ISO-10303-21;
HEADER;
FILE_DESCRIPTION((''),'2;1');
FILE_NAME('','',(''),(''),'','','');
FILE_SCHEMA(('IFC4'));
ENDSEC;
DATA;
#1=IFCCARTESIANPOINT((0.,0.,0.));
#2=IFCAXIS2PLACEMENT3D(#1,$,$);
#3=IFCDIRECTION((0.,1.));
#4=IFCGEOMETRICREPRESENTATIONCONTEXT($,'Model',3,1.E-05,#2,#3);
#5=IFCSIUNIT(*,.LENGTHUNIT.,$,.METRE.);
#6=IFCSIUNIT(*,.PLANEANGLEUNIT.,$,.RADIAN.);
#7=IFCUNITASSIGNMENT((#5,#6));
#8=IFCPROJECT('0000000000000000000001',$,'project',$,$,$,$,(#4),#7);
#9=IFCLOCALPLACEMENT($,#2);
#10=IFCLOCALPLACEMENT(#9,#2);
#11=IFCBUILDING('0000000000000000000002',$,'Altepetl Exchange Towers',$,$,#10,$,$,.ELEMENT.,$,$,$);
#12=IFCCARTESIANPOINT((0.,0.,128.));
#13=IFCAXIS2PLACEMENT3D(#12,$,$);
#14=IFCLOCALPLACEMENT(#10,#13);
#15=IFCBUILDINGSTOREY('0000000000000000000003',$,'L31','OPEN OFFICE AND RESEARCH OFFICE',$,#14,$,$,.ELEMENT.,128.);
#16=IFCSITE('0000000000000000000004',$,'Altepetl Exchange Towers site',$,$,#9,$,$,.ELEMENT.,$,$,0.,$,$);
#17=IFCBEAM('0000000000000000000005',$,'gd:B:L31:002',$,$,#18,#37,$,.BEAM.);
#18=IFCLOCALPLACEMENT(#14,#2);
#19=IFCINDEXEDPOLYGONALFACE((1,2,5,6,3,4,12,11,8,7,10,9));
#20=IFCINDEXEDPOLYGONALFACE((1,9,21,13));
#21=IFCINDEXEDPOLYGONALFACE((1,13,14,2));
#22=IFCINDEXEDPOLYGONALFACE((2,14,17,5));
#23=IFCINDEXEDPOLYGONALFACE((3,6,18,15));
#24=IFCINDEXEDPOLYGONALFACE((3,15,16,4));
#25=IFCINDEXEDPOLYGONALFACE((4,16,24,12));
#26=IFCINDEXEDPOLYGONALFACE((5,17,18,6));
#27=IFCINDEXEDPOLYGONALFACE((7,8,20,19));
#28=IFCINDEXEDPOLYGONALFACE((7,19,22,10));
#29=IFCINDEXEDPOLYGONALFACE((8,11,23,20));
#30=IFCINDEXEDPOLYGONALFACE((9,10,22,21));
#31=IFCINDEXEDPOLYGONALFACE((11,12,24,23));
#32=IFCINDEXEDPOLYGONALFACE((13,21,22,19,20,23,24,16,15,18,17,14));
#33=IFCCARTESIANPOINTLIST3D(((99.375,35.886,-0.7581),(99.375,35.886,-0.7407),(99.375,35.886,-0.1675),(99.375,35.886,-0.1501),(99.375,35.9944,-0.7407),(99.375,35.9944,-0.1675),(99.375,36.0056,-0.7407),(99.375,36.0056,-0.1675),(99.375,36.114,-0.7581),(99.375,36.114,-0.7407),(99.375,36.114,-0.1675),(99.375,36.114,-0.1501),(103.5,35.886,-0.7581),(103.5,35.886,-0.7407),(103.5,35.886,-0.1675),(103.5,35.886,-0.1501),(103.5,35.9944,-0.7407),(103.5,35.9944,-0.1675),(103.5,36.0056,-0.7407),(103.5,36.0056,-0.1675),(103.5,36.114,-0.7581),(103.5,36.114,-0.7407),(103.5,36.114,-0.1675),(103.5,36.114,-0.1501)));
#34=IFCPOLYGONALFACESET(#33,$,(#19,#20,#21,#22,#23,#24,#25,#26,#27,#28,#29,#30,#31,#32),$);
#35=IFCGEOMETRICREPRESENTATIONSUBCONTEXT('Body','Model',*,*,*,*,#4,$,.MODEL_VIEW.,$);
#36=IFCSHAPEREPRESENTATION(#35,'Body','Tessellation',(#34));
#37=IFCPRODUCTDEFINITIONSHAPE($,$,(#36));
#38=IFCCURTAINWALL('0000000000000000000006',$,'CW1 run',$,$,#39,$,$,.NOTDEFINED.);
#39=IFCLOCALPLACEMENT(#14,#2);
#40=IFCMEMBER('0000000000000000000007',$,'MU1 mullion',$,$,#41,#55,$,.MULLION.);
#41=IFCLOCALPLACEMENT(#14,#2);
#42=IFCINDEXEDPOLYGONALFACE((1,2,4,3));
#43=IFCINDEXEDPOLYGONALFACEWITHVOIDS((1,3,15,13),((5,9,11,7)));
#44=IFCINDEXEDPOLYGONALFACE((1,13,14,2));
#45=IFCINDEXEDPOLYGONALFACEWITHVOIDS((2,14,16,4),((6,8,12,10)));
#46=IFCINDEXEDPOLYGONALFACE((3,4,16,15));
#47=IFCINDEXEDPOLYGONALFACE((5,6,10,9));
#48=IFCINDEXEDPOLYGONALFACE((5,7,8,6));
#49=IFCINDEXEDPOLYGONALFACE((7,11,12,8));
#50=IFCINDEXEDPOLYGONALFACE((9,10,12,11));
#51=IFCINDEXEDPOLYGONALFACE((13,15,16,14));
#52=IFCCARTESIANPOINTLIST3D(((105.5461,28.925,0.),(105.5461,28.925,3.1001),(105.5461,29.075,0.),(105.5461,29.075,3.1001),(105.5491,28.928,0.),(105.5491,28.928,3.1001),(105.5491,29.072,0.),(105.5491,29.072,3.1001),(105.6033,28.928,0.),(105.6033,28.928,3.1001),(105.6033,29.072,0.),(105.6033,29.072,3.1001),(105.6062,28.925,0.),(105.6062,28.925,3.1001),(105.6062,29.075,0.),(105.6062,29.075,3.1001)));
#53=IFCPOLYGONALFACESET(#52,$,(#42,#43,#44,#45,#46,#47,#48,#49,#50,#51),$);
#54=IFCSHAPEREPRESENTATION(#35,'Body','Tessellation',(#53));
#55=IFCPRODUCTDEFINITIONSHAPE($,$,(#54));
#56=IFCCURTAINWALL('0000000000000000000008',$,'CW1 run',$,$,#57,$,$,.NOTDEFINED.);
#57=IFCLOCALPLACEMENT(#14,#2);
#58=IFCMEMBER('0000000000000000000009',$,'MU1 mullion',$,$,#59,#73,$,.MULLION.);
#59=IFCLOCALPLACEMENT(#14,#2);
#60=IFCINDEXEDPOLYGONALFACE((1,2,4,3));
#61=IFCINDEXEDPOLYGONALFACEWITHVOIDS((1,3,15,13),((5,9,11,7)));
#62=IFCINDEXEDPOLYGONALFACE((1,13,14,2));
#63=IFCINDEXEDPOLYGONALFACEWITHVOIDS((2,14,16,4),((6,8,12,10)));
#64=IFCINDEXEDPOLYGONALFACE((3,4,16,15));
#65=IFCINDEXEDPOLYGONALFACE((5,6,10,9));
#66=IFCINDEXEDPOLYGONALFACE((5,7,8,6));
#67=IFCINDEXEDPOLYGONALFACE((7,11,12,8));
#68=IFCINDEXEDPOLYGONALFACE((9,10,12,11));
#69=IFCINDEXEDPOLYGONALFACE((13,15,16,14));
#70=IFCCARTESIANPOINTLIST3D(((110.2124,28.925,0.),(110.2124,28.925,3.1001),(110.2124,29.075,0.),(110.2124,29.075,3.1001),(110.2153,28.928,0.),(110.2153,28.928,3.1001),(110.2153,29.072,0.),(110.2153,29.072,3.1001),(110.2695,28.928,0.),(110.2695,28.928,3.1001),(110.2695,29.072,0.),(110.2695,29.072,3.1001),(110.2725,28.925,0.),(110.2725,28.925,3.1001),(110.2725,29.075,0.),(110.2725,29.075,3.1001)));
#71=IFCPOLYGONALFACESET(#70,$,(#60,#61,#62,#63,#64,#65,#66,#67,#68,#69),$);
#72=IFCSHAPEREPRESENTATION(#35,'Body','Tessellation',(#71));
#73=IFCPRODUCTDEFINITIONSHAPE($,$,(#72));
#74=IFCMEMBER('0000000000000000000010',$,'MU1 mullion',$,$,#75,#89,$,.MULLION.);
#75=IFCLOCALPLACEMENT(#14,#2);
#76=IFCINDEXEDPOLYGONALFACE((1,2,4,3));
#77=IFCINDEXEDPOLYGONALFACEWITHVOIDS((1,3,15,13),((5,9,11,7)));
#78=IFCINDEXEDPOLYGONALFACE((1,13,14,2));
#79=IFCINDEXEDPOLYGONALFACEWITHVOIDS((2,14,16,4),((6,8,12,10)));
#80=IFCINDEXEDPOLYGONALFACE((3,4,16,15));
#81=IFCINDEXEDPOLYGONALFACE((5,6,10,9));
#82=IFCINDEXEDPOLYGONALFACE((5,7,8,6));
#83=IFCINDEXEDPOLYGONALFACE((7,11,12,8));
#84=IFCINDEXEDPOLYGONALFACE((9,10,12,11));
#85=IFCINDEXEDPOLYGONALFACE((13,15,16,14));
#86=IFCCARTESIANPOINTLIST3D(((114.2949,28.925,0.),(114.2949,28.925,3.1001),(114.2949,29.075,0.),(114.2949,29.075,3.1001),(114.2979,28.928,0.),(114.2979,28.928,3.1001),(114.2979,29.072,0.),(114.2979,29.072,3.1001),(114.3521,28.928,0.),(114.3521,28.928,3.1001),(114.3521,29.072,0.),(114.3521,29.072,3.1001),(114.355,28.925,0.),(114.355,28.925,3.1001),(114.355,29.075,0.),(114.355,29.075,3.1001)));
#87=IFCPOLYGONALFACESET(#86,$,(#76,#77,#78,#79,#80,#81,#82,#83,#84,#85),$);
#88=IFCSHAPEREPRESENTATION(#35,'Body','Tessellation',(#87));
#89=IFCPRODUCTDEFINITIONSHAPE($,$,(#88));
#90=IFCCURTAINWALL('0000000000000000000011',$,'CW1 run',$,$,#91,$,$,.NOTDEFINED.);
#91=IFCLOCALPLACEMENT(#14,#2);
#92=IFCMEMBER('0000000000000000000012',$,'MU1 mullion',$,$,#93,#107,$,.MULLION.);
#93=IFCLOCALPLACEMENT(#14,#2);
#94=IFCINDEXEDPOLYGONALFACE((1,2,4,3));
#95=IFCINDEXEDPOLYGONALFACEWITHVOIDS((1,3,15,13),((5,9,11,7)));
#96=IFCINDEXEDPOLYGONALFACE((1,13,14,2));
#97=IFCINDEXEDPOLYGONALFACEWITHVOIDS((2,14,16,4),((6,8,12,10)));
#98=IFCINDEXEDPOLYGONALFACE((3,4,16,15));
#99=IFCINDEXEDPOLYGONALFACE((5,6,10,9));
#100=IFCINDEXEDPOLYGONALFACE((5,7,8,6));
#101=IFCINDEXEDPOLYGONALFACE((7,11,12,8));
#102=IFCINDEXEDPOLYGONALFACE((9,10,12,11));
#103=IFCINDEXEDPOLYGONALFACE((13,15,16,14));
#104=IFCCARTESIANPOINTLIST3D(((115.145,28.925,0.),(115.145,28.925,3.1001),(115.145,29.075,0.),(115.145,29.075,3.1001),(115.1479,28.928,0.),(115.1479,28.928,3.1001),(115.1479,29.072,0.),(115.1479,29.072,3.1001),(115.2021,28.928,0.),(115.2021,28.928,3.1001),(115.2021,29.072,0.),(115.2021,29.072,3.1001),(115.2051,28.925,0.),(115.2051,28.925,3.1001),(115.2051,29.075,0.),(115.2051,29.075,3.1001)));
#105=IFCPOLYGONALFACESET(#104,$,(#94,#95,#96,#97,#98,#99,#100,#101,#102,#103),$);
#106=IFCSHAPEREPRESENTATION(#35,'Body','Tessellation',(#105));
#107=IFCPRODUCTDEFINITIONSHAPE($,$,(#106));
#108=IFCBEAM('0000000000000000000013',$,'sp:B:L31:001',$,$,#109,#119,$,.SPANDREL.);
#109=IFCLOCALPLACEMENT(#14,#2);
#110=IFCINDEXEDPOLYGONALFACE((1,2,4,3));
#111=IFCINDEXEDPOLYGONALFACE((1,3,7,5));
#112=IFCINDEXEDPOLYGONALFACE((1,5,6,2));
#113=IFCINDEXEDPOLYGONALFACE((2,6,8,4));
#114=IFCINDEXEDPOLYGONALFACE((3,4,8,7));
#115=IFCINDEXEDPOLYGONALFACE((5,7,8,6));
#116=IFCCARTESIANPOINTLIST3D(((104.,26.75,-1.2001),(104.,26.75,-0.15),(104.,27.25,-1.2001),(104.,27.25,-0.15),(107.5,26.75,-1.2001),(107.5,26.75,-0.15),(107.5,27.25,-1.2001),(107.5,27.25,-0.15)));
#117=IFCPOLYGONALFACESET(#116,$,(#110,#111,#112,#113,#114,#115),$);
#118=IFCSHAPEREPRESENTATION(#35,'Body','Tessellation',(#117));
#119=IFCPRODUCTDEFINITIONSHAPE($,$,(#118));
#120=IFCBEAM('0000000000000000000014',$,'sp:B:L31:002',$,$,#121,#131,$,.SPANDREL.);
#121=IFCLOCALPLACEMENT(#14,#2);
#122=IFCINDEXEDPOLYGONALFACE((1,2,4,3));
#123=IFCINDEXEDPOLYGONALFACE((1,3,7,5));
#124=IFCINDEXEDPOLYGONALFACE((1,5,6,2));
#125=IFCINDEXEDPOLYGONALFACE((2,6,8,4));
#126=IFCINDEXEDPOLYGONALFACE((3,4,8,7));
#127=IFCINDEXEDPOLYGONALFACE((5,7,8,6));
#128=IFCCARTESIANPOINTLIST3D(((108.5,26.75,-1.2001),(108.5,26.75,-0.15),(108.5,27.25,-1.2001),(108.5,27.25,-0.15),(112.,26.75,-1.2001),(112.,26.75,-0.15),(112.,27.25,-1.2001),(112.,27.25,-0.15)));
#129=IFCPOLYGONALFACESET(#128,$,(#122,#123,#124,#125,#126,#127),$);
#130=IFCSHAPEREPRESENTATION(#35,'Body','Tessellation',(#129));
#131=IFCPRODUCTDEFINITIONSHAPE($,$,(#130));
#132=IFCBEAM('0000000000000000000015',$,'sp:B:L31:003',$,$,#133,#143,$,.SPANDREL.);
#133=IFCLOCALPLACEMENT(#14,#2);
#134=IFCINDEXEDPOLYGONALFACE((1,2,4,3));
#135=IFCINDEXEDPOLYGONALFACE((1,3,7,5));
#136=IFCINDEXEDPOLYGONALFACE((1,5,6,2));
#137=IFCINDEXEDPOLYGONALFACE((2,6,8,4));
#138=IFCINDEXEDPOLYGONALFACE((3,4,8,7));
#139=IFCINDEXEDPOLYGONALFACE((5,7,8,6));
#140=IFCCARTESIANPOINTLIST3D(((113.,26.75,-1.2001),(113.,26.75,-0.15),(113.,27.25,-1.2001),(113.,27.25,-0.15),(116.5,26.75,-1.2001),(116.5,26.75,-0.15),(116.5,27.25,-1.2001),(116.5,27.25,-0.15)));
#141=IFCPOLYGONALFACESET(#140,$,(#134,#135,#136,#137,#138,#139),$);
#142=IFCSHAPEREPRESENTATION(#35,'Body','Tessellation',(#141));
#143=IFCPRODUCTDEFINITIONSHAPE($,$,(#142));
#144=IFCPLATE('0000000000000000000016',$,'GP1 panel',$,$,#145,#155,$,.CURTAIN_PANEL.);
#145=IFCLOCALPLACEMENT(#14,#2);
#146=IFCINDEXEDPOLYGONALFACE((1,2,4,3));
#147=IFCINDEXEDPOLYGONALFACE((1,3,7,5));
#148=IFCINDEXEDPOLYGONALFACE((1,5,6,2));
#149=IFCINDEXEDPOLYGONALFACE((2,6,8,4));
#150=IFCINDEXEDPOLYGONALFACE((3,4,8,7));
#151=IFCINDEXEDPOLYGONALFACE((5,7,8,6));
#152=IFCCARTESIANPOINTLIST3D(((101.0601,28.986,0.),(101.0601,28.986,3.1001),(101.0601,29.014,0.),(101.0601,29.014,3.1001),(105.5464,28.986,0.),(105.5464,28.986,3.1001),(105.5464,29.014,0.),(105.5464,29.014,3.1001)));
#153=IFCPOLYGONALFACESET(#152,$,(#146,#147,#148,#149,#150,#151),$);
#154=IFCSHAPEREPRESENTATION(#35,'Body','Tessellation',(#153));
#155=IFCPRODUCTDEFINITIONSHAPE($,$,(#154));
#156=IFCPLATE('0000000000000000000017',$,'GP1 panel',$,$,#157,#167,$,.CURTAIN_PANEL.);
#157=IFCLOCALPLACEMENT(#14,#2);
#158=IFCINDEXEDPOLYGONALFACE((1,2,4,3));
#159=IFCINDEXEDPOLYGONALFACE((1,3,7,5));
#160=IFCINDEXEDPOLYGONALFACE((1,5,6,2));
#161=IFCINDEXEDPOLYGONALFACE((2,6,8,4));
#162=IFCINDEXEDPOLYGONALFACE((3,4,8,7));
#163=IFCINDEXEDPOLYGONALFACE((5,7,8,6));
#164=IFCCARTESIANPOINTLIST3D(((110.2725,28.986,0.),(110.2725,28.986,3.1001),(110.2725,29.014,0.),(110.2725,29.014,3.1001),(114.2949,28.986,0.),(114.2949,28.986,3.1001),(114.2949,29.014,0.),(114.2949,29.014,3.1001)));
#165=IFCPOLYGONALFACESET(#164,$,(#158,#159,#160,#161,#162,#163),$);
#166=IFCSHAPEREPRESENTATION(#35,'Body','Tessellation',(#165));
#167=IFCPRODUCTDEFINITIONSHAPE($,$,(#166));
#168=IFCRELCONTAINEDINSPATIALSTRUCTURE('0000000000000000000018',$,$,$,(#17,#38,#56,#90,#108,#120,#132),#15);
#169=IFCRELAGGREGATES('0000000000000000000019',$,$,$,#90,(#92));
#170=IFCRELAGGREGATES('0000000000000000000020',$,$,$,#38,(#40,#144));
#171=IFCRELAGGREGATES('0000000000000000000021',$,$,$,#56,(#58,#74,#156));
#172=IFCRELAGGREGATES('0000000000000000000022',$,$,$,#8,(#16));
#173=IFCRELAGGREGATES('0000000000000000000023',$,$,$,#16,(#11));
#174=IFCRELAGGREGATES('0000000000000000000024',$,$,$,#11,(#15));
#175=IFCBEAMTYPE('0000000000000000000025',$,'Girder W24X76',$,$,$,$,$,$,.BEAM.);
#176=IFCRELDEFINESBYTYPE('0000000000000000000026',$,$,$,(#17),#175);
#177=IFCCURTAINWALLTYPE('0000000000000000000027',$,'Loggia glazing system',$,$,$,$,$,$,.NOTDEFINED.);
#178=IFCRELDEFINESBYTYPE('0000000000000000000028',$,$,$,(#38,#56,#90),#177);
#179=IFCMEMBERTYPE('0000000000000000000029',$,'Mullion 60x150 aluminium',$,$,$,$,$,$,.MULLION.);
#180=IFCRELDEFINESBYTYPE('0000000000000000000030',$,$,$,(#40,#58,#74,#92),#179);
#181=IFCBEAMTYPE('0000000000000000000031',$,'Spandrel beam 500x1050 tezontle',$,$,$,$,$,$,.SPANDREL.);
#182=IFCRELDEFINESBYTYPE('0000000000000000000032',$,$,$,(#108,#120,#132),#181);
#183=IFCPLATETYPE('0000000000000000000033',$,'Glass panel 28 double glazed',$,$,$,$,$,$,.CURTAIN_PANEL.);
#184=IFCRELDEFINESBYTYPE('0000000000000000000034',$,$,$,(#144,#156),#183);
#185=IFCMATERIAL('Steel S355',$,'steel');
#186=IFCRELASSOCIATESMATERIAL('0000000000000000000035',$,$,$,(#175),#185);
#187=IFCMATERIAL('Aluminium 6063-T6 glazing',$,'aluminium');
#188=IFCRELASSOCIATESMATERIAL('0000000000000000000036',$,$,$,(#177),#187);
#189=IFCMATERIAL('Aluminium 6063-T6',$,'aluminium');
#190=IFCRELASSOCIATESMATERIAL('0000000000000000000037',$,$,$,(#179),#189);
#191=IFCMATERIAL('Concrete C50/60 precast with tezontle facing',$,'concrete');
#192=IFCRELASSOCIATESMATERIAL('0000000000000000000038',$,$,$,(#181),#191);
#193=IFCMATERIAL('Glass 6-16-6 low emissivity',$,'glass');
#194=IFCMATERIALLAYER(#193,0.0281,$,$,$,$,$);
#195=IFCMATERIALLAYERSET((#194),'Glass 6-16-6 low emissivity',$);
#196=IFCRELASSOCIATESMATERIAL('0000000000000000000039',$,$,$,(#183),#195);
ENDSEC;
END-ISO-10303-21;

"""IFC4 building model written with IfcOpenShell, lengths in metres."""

from ifc_helpers import new_model, si_unit, direction, frame, origin, origin_2d, place, context, subcontext, project, spatial, rectangle, hollow_rectangle, i_section, extrude, material, layer, layer_set, material_profile, profile_set, type_object, element, aggregate, save


model = new_model("IFC4")

# Units and contexts
model_context = context("Model", 3, precision=1e-05, world=origin(), true_north=direction((0.0, 1.0)))
body_context = subcontext(model_context, "Body", "Model", "MODEL_VIEW")
ifc_project = project(units=[si_unit("LENGTHUNIT", "METRE"), si_unit("PLANEANGLEUNIT", "RADIAN")], contexts=[model_context])

# Site, building, storey
site_placement = place(None, origin())
site = spatial("IfcSite", under=ifc_project, at=site_placement, Name="Altepetl Exchange Towers site", CompositionType="ELEMENT", RefElevation=0.0)
building_placement = place(site_placement, origin())
building = spatial("IfcBuilding", under=site, at=building_placement, Name="Altepetl Exchange Towers", CompositionType="ELEMENT")
storey_placement = place(building_placement, frame((0.0, 0.0, 128.0)))
storey = spatial("IfcBuildingStorey", under=building, at=storey_placement, Name="L31", Description="OPEN OFFICE AND RESEARCH OFFICE", CompositionType="ELEMENT", Elevation=128.0)

# Beam
ifc_material_1 = material(Name="Steel S355", Category="steel")
ifc_material_profile_1 = material_profile(ifc_material_1, i_section(OverallWidth=0.228, OverallDepth=0.6079, WebThickness=0.0112, FlangeThickness=0.0173, at=origin_2d()), Name="W24X76")
ifc_profile_set_1 = profile_set([ifc_material_profile_1], Name="Steel S355")
beam_type_1 = type_object("IfcBeamType", Name="Girder W24X76", PredefinedType="BEAM", material=ifc_profile_set_1)
beam_1_placement = place(storey_placement, frame((103.5, 36.0, -0.4541), z_axis=(-1.0, 0.0, 0.0), x_axis=(0.0, -1.0, 0.0)))
element("IfcBeam", 1, at=beam_1_placement, inside=storey, type_object=beam_type_1, Name="gd:B:L31:002", PredefinedType="BEAM", context=body_context, shape_type="SweptSolid", body=[
    extrude(i_section(OverallWidth=0.228, OverallDepth=0.6079, WebThickness=0.0112, FlangeThickness=0.0173, at=origin_2d()), origin(), (0.0, 0.0, 1.0), 4.125),
])

# Curtain wall, member
ifc_material_2 = material(Name="Aluminium 6063-T6 glazing", Category="aluminium")
curtain_wall_type = type_object("IfcCurtainWallType", Name="Loggia glazing system", PredefinedType="NOTDEFINED", material=ifc_material_2)
curtain_wall_1_placement = place(storey_placement, origin())
curtain_wall_1 = element("IfcCurtainWall", 2, at=curtain_wall_1_placement, inside=storey, type_object=curtain_wall_type, Name="CW1 run", PredefinedType="NOTDEFINED")
ifc_material_3 = material(Name="Aluminium 6063-T6", Category="aluminium")
ifc_material_profile_2 = material_profile(ifc_material_3, hollow_rectangle(XDim=0.0601, YDim=0.1499, WallThickness=0.0029, at=origin_2d()), Name="Mullion 60x150 aluminium")
ifc_profile_set_2 = profile_set([ifc_material_profile_2], Name="Aluminium 6063-T6")
member_type = type_object("IfcMemberType", Name="Mullion 60x150 aluminium", PredefinedType="MULLION", material=ifc_profile_set_2)
member_1_placement = place(storey_placement, frame((105.5762, 29.0, 0.0)))
member_1 = element("IfcMember", 3, at=member_1_placement, type_object=member_type, Name="MU1 mullion", PredefinedType="MULLION", context=body_context, shape_type="SweptSolid", body=[
    extrude(hollow_rectangle(XDim=0.0601, YDim=0.1499, WallThickness=0.0029, at=origin_2d()), origin(), (0.0, 0.0, 1.0), 3.1001),
])

# Curtain wall, members
curtain_wall_2_placement = place(storey_placement, origin())
curtain_wall_2 = element("IfcCurtainWall", 4, at=curtain_wall_2_placement, inside=storey, type_object=curtain_wall_type, Name="CW1 run", PredefinedType="NOTDEFINED")
member_2_placement = place(storey_placement, frame((110.2424, 29.0, 0.0)))
member_2 = element("IfcMember", 5, at=member_2_placement, type_object=member_type, Name="MU1 mullion", PredefinedType="MULLION", context=body_context, shape_type="SweptSolid", body=[
    extrude(hollow_rectangle(XDim=0.0601, YDim=0.1499, WallThickness=0.0029, at=origin_2d()), origin(), (0.0, 0.0, 1.0), 3.1001),
])
member_3_placement = place(storey_placement, frame((114.325, 29.0, 0.0)))
member_3 = element("IfcMember", 6, at=member_3_placement, type_object=member_type, Name="MU1 mullion", PredefinedType="MULLION", context=body_context, shape_type="SweptSolid", body=[
    extrude(hollow_rectangle(XDim=0.0601, YDim=0.1499, WallThickness=0.0029, at=origin_2d()), origin(), (0.0, 0.0, 1.0), 3.1001),
])

# Curtain wall, member
curtain_wall_3_placement = place(storey_placement, origin())
curtain_wall_3 = element("IfcCurtainWall", 7, at=curtain_wall_3_placement, inside=storey, type_object=curtain_wall_type, Name="CW1 run", PredefinedType="NOTDEFINED")
member_4_placement = place(storey_placement, frame((115.175, 29.0, 0.0)))
member_4 = element("IfcMember", 8, at=member_4_placement, type_object=member_type, Name="MU1 mullion", PredefinedType="MULLION", context=body_context, shape_type="SweptSolid", body=[
    extrude(hollow_rectangle(XDim=0.0601, YDim=0.1499, WallThickness=0.0029, at=origin_2d()), origin(), (0.0, 0.0, 1.0), 3.1001),
])
aggregate(curtain_wall_3, [member_4])

# Beams
ifc_material_4 = material(Name="Concrete C50/60 precast with tezontle facing", Category="concrete")
ifc_material_profile_3 = material_profile(ifc_material_4, rectangle(XDim=0.5, YDim=1.05, at=origin_2d()), Name="500 x 1050")
ifc_profile_set_3 = profile_set([ifc_material_profile_3], Name="Concrete C50/60 precast with tezontle facing")
beam_type_2 = type_object("IfcBeamType", Name="Spandrel beam 500x1050 tezontle", PredefinedType="SPANDREL", material=ifc_profile_set_3)
for number, where, z_axis, x_axis, name in (
    (9, (104.0, 27.0, -0.675), (1.0, 0.0, 0.0), (0.0, 1.0, 0.0), "sp:B:L31:001"),
    (10, (108.5, 27.0, -0.675), (1.0, 0.0, 0.0), (0.0, 1.0, 0.0), "sp:B:L31:002"),
    (11, (113.0, 27.0, -0.675), (1.0, 0.0, 0.0), (0.0, 1.0, 0.0), "sp:B:L31:003"),
):
    element("IfcBeam", number, at=place(storey_placement, frame(where, z_axis=z_axis, x_axis=x_axis)), inside=storey, type_object=beam_type_2, Name=name, PredefinedType="SPANDREL", context=body_context, shape_type="SweptSolid", body=[
        extrude(rectangle(XDim=0.5, YDim=1.05, at=origin_2d()), origin(), (0.0, 0.0, 1.0), 3.5),
    ])

# Plates
ifc_material_5 = material(Name="Glass 6-16-6 low emissivity", Category="glass")
ifc_layer_1 = layer(ifc_material_5, 0.0281)
ifc_layer_set_1 = layer_set([ifc_layer_1], Name="Glass 6-16-6 low emissivity")
plate_type = type_object("IfcPlateType", Name="Glass panel 28 double glazed", PredefinedType="CURTAIN_PANEL", material=ifc_layer_set_1)
plate_1_placement = place(storey_placement, frame((103.3032, 29.0, 0.0)))
plate_1 = element("IfcPlate", 12, at=plate_1_placement, type_object=plate_type, Name="GP1 panel", PredefinedType="CURTAIN_PANEL", context=body_context, shape_type="SweptSolid", body=[
    extrude(rectangle(XDim=4.4863, YDim=0.0281, at=origin_2d()), origin(), (0.0, 0.0, 1.0), 3.1001),
])
aggregate(curtain_wall_1, [member_1, plate_1])
plate_2_placement = place(storey_placement, frame((112.2837, 29.0, 0.0)))
plate_2 = element("IfcPlate", 13, at=plate_2_placement, type_object=plate_type, Name="GP1 panel", PredefinedType="CURTAIN_PANEL", context=body_context, shape_type="SweptSolid", body=[
    extrude(rectangle(XDim=4.0225, YDim=0.0281, at=origin_2d()), origin(), (0.0, 0.0, 1.0), 3.1001),
])
aggregate(curtain_wall_2, [member_2, member_3, plate_2])

save(model, "model.ifc")
